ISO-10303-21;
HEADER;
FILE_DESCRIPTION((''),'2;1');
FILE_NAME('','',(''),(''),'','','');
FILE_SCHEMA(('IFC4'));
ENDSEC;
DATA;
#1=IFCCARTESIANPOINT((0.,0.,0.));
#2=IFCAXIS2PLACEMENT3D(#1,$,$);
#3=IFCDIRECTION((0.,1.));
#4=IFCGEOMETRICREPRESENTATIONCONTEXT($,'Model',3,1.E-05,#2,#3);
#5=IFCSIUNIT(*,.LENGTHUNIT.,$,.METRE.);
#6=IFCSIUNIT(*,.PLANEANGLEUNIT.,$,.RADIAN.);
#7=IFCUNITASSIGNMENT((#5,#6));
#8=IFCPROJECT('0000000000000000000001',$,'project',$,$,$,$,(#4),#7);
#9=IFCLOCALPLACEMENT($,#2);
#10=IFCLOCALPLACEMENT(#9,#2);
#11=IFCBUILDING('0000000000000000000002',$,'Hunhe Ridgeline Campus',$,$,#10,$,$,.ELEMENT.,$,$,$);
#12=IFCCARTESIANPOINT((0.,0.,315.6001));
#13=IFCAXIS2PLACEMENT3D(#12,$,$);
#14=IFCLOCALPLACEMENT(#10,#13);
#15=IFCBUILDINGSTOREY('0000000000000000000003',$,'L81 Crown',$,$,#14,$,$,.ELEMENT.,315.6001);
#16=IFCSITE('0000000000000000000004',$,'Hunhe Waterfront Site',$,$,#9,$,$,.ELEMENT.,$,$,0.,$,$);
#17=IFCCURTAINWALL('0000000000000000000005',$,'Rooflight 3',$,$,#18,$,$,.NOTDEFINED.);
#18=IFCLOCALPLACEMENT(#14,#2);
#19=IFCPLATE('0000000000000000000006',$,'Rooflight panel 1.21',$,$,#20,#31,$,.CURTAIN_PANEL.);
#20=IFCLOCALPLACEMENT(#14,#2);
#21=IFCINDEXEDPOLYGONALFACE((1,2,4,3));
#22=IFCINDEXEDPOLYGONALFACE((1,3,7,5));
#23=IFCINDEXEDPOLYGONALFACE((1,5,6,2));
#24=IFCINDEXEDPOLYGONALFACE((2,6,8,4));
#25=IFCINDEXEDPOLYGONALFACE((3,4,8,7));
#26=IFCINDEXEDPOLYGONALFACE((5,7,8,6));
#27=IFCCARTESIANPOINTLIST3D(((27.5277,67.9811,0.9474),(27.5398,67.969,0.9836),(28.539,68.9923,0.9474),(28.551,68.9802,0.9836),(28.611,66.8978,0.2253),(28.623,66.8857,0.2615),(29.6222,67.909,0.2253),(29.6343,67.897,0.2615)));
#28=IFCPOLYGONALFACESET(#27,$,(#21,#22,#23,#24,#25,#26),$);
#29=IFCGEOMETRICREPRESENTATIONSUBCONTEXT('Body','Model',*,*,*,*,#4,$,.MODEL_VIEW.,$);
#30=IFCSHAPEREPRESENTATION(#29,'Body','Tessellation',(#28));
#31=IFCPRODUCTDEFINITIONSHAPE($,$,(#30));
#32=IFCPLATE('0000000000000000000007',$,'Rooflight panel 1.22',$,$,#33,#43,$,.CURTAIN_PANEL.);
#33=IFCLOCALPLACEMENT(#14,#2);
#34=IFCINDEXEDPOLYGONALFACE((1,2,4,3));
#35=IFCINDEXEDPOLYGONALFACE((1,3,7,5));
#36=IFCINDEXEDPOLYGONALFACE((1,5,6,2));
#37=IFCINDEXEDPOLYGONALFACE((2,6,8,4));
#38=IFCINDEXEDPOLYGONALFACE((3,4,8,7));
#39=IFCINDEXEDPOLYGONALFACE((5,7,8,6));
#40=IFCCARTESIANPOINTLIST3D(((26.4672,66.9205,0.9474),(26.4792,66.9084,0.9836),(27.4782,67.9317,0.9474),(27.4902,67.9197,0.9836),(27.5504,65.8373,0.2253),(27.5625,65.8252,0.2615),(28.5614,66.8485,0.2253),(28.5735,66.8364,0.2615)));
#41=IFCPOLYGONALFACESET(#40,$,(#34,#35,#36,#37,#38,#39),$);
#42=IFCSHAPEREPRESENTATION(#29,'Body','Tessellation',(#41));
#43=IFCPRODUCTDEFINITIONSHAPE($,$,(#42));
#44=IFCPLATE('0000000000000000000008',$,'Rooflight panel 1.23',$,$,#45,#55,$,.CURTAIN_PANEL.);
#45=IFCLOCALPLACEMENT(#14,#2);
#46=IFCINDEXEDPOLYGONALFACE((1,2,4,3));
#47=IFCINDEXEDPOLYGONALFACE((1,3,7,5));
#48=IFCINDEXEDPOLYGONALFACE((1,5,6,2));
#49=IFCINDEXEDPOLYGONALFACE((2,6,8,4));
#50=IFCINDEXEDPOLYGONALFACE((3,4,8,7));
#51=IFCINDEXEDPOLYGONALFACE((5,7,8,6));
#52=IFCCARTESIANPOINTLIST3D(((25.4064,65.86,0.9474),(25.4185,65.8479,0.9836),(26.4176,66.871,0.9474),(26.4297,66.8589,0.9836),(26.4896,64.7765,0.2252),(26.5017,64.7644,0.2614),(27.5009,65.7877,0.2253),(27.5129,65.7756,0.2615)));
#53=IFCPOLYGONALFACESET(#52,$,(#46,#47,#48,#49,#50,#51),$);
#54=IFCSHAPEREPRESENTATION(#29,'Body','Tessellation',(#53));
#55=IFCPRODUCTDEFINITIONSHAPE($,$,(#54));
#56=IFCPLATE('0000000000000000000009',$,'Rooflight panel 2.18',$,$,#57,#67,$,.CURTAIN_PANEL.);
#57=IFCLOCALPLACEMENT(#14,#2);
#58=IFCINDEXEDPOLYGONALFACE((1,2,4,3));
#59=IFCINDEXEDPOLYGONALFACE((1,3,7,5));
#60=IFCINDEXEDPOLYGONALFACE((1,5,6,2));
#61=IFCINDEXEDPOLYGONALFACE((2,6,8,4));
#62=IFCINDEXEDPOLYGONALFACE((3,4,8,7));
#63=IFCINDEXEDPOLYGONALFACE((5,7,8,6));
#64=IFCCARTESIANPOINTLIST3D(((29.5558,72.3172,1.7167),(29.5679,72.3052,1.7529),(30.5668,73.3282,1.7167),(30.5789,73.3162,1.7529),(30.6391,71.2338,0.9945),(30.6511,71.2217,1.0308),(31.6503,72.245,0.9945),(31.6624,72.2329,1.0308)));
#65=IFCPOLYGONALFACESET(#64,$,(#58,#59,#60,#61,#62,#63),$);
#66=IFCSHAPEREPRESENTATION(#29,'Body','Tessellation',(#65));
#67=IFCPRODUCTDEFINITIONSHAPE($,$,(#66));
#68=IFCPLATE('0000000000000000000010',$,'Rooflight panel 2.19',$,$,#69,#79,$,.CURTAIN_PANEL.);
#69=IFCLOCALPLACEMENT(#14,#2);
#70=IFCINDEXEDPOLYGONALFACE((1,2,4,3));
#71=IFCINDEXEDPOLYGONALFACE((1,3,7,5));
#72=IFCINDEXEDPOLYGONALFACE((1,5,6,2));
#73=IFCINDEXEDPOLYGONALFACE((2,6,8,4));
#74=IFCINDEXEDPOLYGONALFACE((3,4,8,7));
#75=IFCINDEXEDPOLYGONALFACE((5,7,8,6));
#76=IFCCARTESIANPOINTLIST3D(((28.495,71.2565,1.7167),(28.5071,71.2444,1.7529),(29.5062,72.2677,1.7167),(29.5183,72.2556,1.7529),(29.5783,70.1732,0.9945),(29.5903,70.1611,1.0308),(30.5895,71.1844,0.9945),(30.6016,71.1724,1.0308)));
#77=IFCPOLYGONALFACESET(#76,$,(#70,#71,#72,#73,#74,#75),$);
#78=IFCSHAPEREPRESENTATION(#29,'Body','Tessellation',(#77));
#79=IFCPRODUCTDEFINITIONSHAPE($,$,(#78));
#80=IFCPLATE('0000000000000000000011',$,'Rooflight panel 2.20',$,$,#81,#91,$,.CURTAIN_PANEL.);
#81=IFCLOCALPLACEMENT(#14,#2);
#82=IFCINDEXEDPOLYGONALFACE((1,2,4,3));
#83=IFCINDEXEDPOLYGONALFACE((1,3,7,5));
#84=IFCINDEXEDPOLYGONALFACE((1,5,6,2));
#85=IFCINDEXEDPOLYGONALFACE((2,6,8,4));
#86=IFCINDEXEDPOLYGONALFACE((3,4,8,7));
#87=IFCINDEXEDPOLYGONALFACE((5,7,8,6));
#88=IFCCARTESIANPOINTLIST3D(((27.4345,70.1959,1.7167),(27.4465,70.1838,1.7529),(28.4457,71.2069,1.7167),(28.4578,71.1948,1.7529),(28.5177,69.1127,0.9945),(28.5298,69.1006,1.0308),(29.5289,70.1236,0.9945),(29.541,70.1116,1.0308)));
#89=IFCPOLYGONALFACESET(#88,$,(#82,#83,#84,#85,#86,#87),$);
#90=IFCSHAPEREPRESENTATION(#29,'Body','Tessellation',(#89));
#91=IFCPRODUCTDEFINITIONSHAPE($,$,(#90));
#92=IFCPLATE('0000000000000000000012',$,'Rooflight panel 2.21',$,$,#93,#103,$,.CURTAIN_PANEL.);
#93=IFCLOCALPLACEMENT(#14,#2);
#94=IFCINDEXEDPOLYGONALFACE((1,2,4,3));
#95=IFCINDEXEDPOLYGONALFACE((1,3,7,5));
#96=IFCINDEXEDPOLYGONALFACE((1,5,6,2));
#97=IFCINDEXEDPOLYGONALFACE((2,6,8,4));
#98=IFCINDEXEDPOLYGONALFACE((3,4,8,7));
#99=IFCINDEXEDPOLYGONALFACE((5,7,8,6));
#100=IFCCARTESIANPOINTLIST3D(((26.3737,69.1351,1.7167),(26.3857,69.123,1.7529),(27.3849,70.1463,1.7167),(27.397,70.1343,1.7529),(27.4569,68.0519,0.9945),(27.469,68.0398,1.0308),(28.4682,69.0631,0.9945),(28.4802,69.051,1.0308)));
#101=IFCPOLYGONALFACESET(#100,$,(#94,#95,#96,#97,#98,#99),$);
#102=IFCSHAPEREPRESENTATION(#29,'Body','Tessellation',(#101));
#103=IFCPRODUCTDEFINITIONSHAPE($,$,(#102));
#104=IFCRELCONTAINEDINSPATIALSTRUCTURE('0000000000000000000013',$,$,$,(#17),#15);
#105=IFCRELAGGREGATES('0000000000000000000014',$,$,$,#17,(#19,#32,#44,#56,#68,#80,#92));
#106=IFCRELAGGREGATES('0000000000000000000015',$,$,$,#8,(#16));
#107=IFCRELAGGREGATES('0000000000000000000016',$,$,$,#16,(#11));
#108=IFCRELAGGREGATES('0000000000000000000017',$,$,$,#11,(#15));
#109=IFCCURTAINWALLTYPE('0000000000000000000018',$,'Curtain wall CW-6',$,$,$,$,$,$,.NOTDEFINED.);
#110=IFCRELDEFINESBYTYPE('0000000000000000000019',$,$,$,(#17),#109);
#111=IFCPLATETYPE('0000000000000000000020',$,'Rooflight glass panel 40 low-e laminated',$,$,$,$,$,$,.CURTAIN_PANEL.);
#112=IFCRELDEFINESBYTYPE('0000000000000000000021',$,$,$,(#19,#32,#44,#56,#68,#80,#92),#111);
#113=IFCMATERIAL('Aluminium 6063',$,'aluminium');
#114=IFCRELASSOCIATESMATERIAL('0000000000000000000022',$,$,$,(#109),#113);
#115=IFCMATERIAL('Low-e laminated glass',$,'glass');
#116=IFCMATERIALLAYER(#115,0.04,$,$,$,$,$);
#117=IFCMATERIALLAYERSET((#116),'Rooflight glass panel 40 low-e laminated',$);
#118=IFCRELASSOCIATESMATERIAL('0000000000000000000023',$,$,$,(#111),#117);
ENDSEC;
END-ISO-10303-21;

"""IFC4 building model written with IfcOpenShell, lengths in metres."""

from ifc_helpers import new_model, si_unit, direction, frame, origin, place, context, subcontext, project, spatial, polyline, outline, extrude, material, layer, layer_set, type_object, element, aggregate, save


model = new_model("IFC4")

# Units and contexts
model_context = context("Model", 3, precision=1e-05, world=origin(), true_north=direction((0.0, 1.0)))
body_context = subcontext(model_context, "Body", "Model", "MODEL_VIEW")
ifc_project = project(units=[si_unit("LENGTHUNIT", "METRE"), si_unit("PLANEANGLEUNIT", "RADIAN")], contexts=[model_context])

# Site, building, storey
site_placement = place(None, origin())
site = spatial("IfcSite", under=ifc_project, at=site_placement, Name="Hunhe Waterfront Site", CompositionType="ELEMENT", RefElevation=0.0)
building_placement = place(site_placement, origin())
building = spatial("IfcBuilding", under=site, at=building_placement, Name="Hunhe Ridgeline Campus", CompositionType="ELEMENT")
storey_placement = place(building_placement, frame((0.0, 0.0, 315.6001)))
storey = spatial("IfcBuildingStorey", under=building, at=storey_placement, Name="L81 Crown", CompositionType="ELEMENT", Elevation=315.6001)

# Curtain wall, plates
ifc_material_1 = material(Name="Aluminium 6063", Category="aluminium")
curtain_wall_type = type_object("IfcCurtainWallType", Name="Curtain wall CW-6", PredefinedType="NOTDEFINED", material=ifc_material_1)
curtain_wall_placement = place(storey_placement, origin())
curtain_wall = element("IfcCurtainWall", 1, at=curtain_wall_placement, inside=storey, type_object=curtain_wall_type, Name="Rooflight 3", PredefinedType="NOTDEFINED")
ifc_material_2 = material(Name="Low-e laminated glass", Category="glass")
ifc_layer = layer(ifc_material_2, 0.04)
ifc_layer_set = layer_set([ifc_layer], Name="Rooflight glass panel 40 low-e laminated")
plate_type = type_object("IfcPlateType", Name="Rooflight glass panel 40 low-e laminated", PredefinedType="CURTAIN_PANEL", material=ifc_layer_set)
plate_1_placement = place(storey_placement, frame((29.6343, 67.897, 0.2615), z_axis=(0.301511, -0.301511, 0.904534), x_axis=(-0.639602, 0.639602, 0.426401)))
plate_1 = element("IfcPlate", 2, at=plate_1_placement, type_object=plate_type, Name="Rooflight panel 1.21", PredefinedType="CURTAIN_PANEL", context=body_context, shape_type="SweptSolid", body=[
    extrude(outline(polyline([(0.0, 0.0), (1.6936, 0.0), (1.6936, 1.4301), (0.0, 1.4301), (0.0, 0.0)])), origin(), (0.0, 0.0, -1.0), 0.04),
])
plate_2_placement = place(storey_placement, frame((28.5735, 66.8364, 0.2615), z_axis=(0.301548, -0.301475, 0.904534), x_axis=(-0.639602, 0.639602, 0.426401)))
plate_2 = element("IfcPlate", 3, at=plate_2_placement, type_object=plate_type, Name="Rooflight panel 1.22", PredefinedType="CURTAIN_PANEL", context=body_context, shape_type="SweptSolid", body=[
    extrude(outline(polyline([(0.0, 0.0), (1.6936, 0.0), (1.6935, 1.4299), (-0.0002, 1.4299), (0.0, 0.0)])), origin(), (0.0, 0.0, -1.0), 0.04),
])
plate_3_placement = place(storey_placement, frame((27.5129, 65.7756, 0.2615), z_axis=(0.301479, -0.301516, 0.904543), x_axis=(-0.639609, 0.639609, 0.426382)))
plate_3 = element("IfcPlate", 4, at=plate_3_placement, type_object=plate_type, Name="Rooflight panel 1.23", PredefinedType="CURTAIN_PANEL", context=body_context, shape_type="SweptSolid", body=[
    extrude(outline(polyline([(0.0, 0.0), (1.6936, 0.0), (1.6938, 1.4299), (0.0, 1.4301), (0.0, 0.0)])), origin(), (0.0, 0.0, -1.0), 0.04),
])
plate_4_placement = place(storey_placement, frame((31.6624, 72.2329, 1.0308), z_axis=(0.301484, -0.301484, 0.904553), x_axis=(-0.639687, 0.639543, 0.426362)))
plate_4 = element("IfcPlate", 5, at=plate_4_placement, type_object=plate_type, Name="Rooflight panel 2.18", PredefinedType="CURTAIN_PANEL", context=body_context, shape_type="SweptSolid", body=[
    extrude(outline(polyline([(0.0, 0.0), (1.6938, 0.0), (1.6939, 1.4298), (0.0001, 1.4301), (0.0, 0.0)])), origin(), (0.0, 0.0, -1.0), 0.04),
])
plate_5_placement = place(storey_placement, frame((30.6016, 71.1724, 1.0308), z_axis=(0.301511, -0.301511, 0.904534), x_axis=(-0.639602, 0.639602, 0.426401)))
plate_5 = element("IfcPlate", 6, at=plate_5_placement, type_object=plate_type, Name="Rooflight panel 2.19", PredefinedType="CURTAIN_PANEL", context=body_context, shape_type="SweptSolid", body=[
    extrude(outline(polyline([(0.0, 0.0), (1.6936, 0.0), (1.6936, 1.4301), (0.0, 1.4301), (0.0, 0.0)])), origin(), (0.0, 0.0, -1.0), 0.04),
])
plate_6_placement = place(storey_placement, frame((29.541, 70.1116, 1.0308), z_axis=(0.301475, -0.301548, 0.904534), x_axis=(-0.639602, 0.639602, 0.426401)))
plate_6 = element("IfcPlate", 7, at=plate_6_placement, type_object=plate_type, Name="Rooflight panel 2.20", PredefinedType="CURTAIN_PANEL", context=body_context, shape_type="SweptSolid", body=[
    extrude(outline(polyline([(0.0, 0.0), (1.6936, 0.0), (1.6938, 1.4299), (0.0002, 1.4299), (0.0, 0.0)])), origin(), (0.0, 0.0, -1.0), 0.04),
])
plate_7_placement = place(storey_placement, frame((28.4802, 69.051, 1.0308), z_axis=(0.301511, -0.301511, 0.904534), x_axis=(-0.639602, 0.639602, 0.426401)))
plate_7 = element("IfcPlate", 8, at=plate_7_placement, type_object=plate_type, Name="Rooflight panel 2.21", PredefinedType="CURTAIN_PANEL", context=body_context, shape_type="SweptSolid", body=[
    extrude(outline(polyline([(0.0, 0.0), (1.6936, 0.0), (1.6936, 1.4301), (0.0, 1.4301), (0.0, 0.0)])), origin(), (0.0, 0.0, -1.0), 0.04),
])
aggregate(curtain_wall, [plate_1, plate_2, plate_3, plate_4, plate_5, plate_6, plate_7])

save(model, "model.ifc")
